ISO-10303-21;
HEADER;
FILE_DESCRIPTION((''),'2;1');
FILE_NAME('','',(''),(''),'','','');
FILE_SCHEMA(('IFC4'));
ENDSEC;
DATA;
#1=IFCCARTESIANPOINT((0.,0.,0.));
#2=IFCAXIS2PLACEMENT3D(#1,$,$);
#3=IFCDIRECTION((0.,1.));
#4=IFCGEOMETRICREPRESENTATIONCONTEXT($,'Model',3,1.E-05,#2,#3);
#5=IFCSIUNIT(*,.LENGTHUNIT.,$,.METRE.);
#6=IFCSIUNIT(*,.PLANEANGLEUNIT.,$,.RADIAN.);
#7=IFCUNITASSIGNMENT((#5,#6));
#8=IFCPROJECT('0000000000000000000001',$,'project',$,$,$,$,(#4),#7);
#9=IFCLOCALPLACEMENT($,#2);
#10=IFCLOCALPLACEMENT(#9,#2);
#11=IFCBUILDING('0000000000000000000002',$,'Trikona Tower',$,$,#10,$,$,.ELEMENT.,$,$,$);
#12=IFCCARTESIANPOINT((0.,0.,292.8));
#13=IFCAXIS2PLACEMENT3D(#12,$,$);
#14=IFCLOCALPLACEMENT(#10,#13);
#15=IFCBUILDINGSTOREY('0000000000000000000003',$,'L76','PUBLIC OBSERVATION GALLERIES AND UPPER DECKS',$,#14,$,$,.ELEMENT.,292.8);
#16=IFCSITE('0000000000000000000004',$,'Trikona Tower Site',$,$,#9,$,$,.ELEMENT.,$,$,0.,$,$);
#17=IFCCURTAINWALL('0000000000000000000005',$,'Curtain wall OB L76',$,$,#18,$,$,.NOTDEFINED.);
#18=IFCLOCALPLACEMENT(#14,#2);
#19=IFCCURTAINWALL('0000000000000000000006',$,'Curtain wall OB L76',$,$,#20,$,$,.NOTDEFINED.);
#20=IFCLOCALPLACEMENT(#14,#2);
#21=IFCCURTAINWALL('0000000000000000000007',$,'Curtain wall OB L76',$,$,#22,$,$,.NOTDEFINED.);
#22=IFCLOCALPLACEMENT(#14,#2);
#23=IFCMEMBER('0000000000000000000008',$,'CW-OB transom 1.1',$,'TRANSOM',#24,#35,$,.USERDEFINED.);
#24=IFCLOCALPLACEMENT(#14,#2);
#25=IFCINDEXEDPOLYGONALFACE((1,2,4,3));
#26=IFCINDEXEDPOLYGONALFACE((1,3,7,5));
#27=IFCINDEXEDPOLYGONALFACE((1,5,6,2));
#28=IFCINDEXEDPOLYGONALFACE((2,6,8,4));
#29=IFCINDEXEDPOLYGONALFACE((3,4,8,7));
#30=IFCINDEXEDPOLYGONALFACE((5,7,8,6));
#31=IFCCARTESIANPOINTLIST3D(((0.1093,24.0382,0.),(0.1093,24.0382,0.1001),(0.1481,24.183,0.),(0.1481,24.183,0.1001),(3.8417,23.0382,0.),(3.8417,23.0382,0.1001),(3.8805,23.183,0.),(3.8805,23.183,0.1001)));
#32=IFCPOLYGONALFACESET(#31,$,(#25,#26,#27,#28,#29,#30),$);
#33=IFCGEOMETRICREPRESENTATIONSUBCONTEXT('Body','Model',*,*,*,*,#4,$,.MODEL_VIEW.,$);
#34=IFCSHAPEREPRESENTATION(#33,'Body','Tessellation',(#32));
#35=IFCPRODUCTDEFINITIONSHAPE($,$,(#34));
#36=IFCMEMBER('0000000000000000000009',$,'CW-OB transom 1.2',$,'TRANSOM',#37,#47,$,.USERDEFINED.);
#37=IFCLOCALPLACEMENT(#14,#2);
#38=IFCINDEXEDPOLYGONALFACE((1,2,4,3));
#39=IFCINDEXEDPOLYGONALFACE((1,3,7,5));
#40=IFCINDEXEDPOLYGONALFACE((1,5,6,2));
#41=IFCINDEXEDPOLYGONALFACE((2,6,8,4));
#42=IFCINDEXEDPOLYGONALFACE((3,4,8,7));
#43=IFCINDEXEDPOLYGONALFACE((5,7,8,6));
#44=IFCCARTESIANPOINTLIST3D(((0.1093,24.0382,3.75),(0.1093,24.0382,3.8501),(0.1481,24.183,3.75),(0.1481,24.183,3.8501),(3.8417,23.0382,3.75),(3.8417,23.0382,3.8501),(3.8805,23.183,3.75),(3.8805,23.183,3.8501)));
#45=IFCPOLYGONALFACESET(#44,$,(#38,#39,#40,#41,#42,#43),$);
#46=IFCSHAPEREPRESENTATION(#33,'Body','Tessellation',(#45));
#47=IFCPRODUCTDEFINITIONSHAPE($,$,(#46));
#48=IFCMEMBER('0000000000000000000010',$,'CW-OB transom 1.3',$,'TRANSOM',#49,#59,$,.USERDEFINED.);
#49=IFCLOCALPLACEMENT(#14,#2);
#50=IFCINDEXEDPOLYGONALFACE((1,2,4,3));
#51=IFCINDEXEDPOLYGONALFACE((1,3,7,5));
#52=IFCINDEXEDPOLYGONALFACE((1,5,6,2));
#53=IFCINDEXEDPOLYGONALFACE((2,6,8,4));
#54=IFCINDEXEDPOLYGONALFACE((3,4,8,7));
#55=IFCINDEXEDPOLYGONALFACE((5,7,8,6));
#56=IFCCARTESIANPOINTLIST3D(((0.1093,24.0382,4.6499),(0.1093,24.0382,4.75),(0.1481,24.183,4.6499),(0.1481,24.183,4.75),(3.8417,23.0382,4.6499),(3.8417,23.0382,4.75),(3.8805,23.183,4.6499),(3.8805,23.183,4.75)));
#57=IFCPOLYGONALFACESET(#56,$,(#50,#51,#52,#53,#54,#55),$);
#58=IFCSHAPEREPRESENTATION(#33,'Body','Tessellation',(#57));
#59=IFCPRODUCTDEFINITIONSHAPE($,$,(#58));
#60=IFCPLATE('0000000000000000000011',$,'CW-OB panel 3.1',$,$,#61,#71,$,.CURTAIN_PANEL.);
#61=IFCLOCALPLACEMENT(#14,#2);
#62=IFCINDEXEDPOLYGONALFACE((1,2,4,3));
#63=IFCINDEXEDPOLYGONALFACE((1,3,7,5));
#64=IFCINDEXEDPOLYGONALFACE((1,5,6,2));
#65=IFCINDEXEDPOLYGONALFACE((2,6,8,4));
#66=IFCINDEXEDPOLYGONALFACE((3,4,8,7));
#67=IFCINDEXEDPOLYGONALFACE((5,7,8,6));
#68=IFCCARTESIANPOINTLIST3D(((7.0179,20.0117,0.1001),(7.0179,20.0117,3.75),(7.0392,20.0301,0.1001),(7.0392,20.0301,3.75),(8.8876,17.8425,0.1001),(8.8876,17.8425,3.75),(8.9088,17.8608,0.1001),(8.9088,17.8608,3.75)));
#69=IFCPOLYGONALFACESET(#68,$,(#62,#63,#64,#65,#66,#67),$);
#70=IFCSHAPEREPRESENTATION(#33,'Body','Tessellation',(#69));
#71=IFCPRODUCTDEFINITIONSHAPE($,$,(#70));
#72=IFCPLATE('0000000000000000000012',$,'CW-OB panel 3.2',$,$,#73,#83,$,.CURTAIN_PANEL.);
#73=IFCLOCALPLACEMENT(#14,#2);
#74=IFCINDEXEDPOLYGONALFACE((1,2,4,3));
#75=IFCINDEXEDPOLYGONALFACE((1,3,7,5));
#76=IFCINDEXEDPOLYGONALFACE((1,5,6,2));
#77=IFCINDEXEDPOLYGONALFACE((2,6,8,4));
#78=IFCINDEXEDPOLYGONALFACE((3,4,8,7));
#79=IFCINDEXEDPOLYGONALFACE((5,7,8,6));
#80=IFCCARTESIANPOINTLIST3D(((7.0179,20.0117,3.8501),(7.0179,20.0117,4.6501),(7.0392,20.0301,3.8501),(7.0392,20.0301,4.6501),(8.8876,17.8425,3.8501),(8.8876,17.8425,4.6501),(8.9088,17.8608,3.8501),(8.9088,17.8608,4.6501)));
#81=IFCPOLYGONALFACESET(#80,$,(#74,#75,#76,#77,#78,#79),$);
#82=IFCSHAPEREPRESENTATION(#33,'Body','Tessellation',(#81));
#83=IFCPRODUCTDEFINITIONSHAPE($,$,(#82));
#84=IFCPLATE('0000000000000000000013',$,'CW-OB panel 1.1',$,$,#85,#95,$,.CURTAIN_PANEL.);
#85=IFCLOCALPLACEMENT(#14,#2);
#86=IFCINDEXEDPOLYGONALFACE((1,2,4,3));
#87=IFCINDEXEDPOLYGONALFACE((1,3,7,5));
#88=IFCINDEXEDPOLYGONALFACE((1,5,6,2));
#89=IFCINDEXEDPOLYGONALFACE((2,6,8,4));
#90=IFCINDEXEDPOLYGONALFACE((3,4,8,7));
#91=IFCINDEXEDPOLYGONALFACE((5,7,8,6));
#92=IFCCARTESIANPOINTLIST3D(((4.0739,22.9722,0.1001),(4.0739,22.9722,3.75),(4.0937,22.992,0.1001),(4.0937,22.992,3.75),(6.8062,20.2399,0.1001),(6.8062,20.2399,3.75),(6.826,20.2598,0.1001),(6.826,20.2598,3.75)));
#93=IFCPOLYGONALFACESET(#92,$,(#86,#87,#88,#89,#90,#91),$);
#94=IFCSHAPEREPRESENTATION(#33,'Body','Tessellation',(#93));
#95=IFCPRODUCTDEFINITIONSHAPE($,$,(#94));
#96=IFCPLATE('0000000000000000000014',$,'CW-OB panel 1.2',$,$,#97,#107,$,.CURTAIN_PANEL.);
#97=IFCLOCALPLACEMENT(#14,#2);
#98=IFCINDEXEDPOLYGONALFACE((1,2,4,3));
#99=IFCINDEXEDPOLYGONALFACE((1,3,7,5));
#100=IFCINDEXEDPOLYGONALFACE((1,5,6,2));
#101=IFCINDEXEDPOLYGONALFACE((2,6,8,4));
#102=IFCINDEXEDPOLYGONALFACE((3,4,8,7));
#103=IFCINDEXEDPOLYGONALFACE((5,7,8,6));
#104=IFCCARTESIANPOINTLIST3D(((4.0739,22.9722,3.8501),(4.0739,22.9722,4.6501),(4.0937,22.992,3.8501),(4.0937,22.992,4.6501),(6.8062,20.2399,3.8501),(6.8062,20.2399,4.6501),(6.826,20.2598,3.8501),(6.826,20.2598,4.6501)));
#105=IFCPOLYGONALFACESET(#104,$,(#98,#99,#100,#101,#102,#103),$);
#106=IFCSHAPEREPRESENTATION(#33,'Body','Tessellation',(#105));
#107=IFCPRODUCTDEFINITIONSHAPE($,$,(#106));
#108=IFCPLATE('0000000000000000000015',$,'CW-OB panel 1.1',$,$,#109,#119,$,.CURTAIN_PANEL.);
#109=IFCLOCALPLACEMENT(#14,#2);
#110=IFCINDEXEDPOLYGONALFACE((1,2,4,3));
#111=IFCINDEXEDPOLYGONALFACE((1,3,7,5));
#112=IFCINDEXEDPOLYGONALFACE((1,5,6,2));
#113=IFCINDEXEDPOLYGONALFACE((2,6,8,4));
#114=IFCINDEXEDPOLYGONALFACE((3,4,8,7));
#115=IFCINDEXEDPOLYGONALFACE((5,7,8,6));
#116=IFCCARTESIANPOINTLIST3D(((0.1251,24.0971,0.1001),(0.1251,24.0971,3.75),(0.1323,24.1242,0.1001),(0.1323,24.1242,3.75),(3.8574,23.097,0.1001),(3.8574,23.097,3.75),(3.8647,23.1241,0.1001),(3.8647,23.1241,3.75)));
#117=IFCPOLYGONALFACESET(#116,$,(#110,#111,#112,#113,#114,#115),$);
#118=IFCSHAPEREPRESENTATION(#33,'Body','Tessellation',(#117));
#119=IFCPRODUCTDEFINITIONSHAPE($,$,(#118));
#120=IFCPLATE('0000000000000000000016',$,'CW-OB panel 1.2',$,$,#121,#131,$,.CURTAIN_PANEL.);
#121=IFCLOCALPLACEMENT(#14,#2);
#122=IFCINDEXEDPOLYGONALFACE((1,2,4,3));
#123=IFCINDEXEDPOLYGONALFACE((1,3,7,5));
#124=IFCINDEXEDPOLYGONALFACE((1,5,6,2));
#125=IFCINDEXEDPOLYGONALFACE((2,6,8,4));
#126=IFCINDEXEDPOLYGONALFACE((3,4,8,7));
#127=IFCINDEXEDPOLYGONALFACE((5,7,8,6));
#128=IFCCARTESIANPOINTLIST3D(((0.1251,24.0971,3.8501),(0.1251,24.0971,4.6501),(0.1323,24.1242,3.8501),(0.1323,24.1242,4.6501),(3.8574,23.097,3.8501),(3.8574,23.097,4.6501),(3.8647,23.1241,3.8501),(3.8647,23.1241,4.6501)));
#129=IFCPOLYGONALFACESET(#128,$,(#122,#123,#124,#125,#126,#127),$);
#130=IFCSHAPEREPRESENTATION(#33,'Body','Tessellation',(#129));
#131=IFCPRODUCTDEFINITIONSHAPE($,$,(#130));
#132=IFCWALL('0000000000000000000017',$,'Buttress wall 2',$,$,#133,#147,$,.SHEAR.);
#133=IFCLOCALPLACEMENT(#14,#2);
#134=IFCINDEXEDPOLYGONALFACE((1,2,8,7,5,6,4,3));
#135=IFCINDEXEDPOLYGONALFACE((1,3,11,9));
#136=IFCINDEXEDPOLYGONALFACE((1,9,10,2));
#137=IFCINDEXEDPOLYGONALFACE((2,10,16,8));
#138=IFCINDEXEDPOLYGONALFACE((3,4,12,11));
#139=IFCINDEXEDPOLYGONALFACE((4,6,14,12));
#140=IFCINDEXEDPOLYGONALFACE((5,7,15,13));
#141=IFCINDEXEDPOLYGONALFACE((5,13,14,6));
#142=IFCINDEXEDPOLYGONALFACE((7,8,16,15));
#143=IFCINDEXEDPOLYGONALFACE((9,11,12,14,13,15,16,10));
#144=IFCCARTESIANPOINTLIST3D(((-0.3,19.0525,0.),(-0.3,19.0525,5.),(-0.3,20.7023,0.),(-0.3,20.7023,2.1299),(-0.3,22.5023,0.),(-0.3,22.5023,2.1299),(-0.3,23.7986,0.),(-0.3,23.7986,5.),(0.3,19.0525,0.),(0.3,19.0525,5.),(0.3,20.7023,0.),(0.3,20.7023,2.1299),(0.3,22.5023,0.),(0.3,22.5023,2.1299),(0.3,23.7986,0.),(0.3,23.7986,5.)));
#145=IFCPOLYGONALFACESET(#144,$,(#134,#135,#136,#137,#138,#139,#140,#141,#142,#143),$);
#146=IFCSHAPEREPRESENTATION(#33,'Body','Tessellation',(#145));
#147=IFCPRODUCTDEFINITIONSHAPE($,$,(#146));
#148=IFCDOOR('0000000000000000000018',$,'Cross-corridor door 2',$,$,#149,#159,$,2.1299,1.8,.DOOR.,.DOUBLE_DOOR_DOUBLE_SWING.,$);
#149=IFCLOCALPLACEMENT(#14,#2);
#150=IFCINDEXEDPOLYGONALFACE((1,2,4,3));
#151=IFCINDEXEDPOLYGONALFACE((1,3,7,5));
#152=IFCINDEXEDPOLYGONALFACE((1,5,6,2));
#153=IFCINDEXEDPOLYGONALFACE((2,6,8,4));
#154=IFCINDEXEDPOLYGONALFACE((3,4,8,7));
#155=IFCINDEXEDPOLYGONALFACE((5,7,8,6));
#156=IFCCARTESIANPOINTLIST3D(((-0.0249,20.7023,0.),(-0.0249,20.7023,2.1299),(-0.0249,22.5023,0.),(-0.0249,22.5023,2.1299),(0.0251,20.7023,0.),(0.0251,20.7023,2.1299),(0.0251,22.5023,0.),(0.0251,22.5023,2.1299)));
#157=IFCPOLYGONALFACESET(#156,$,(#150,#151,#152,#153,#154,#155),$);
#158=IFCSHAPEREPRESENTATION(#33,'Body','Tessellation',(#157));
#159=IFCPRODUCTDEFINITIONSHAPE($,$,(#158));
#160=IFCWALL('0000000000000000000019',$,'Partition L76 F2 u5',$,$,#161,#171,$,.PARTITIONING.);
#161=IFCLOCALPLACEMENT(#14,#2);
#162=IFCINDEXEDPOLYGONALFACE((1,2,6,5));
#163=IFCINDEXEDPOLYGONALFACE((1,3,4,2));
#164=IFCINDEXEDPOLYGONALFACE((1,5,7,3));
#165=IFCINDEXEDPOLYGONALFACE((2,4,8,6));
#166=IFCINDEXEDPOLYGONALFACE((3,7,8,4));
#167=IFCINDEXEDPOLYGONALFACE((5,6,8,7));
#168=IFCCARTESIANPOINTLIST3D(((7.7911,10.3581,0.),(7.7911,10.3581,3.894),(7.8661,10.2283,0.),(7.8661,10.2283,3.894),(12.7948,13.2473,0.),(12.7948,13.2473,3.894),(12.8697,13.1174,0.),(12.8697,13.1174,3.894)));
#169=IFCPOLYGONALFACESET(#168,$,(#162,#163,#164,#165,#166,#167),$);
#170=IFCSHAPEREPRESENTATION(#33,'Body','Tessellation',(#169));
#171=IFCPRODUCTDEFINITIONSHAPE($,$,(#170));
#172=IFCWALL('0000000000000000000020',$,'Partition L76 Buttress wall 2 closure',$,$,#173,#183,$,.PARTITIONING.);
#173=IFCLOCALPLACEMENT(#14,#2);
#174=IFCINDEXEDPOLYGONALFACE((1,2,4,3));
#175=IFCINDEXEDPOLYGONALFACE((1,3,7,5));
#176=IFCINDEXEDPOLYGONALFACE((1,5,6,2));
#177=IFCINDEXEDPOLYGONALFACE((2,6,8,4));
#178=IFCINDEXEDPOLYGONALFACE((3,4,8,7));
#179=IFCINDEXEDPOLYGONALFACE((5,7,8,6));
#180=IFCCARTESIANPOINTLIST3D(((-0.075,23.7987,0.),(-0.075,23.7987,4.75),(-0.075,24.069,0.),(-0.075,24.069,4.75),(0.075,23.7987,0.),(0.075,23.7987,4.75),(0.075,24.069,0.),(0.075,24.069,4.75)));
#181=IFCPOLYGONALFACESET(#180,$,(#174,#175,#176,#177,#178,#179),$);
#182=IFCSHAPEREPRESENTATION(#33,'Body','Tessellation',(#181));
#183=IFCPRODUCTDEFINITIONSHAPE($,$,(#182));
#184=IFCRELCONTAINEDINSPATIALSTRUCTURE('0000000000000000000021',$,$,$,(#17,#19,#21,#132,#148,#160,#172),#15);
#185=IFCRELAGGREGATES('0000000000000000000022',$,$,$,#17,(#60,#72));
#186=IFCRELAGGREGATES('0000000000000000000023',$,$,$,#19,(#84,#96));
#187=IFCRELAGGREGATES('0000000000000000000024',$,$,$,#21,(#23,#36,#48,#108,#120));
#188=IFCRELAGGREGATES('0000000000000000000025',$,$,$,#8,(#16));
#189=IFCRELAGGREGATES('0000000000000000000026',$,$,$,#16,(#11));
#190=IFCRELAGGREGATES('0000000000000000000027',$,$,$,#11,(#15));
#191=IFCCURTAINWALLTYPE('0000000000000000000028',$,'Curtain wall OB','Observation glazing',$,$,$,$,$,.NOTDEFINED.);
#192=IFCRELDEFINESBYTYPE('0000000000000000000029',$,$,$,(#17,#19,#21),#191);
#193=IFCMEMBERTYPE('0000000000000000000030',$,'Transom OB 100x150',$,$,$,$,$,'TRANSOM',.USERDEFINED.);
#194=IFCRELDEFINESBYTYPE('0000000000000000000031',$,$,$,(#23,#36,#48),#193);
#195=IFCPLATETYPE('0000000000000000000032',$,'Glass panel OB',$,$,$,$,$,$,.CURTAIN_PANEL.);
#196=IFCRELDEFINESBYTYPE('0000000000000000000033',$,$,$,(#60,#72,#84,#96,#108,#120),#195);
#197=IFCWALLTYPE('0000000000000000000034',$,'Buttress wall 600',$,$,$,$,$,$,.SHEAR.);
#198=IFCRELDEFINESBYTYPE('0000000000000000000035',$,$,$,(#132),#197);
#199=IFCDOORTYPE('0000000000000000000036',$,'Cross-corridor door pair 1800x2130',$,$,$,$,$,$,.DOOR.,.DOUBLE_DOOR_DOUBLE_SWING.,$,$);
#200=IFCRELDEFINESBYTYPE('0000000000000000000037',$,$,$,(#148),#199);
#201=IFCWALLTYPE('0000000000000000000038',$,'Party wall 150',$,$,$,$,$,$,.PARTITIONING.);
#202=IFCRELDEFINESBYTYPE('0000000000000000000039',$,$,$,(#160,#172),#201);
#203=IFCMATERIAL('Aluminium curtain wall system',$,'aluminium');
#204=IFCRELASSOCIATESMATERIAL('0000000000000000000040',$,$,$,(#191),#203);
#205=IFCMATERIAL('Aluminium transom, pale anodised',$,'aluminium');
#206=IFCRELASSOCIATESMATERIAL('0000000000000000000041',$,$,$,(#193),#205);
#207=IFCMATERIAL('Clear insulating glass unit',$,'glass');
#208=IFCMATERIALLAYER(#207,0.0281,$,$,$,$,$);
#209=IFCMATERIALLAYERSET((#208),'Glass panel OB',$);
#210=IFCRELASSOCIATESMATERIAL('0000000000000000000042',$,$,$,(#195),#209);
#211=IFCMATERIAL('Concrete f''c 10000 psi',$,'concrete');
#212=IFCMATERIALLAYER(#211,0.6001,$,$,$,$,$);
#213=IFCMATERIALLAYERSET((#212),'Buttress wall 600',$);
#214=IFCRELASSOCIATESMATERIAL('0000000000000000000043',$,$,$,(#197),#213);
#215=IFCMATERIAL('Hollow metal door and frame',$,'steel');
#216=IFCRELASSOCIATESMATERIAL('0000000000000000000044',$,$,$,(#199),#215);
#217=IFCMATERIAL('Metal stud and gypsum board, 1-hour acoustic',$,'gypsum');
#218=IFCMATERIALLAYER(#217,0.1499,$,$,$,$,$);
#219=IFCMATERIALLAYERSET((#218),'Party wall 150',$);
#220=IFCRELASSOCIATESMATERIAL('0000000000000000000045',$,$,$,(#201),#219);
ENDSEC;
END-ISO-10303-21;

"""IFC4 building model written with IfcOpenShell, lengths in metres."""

from ifc_helpers import new_model, si_unit, direction, frame, frame_2d, origin, origin_2d, place, context, subcontext, project, spatial, rectangle, extrude, material, layer, layer_set, material_profile, profile_set, type_object, element, fill, aggregate, save


model = new_model("IFC4")

# Units and contexts
model_context = context("Model", 3, precision=1e-05, world=origin(), true_north=direction((0.0, 1.0)))
body_context = subcontext(model_context, "Body", "Model", "MODEL_VIEW")
ifc_project = project(units=[si_unit("LENGTHUNIT", "METRE"), si_unit("PLANEANGLEUNIT", "RADIAN")], contexts=[model_context])

# Site, building, storey
site_placement = place(None, origin())
site = spatial("IfcSite", under=ifc_project, at=site_placement, Name="Trikona Tower Site", CompositionType="ELEMENT", RefElevation=0.0)
building_placement = place(site_placement, origin())
building = spatial("IfcBuilding", under=site, at=building_placement, Name="Trikona Tower", CompositionType="ELEMENT")
storey_placement = place(building_placement, frame((0.0, 0.0, 292.8)))
storey = spatial("IfcBuildingStorey", under=building, at=storey_placement, Name="L76", Description="PUBLIC OBSERVATION GALLERIES AND UPPER DECKS", CompositionType="ELEMENT", Elevation=292.8)

# Curtain wall
ifc_material_1 = material(Name="Aluminium curtain wall system", Category="aluminium")
curtain_wall_type = type_object("IfcCurtainWallType", Name="Curtain wall OB", Description="Observation glazing", PredefinedType="NOTDEFINED", material=ifc_material_1)
curtain_wall_1_placement = place(storey_placement, origin())
curtain_wall_1 = element("IfcCurtainWall", 1, at=curtain_wall_1_placement, inside=storey, type_object=curtain_wall_type, Name="Curtain wall OB L76", PredefinedType="NOTDEFINED")

# Curtain walls
curtain_wall_2_placement = place(storey_placement, origin())
curtain_wall_2 = element("IfcCurtainWall", 2, at=curtain_wall_2_placement, inside=storey, type_object=curtain_wall_type, Name="Curtain wall OB L76", PredefinedType="NOTDEFINED")
curtain_wall_3_placement = place(storey_placement, origin())
curtain_wall_3 = element("IfcCurtainWall", 3, at=curtain_wall_3_placement, inside=storey, type_object=curtain_wall_type, Name="Curtain wall OB L76", PredefinedType="NOTDEFINED")

# Members
ifc_material_2 = material(Name="Aluminium transom, pale anodised", Category="aluminium")
ifc_material_profile_1 = material_profile(ifc_material_2, rectangle(XDim=0.1499, YDim=0.1001, at=origin_2d()), Name="TRN-OB")
ifc_profile_set_1 = profile_set([ifc_material_profile_1], Name="Aluminium transom, pale anodised")
member_type_1 = type_object("IfcMemberType", Name="Transom OB 100x150", ElementType="TRANSOM", PredefinedType="USERDEFINED", material=ifc_profile_set_1)
member_1_placement = place(storey_placement, frame((3.8611, 23.1106, 0.05), z_axis=(-0.965932, 0.258795, 0.0), x_axis=(-0.258795, -0.965932, 0.0)))
member_1 = element("IfcMember", 4, at=member_1_placement, type_object=member_type_1, Name="CW-OB transom 1.1", ObjectType="TRANSOM", PredefinedType="USERDEFINED", context=body_context, shape_type="SweptSolid", body=[
    extrude(rectangle(XDim=0.1499, YDim=0.1001, at=origin_2d()), origin(), (0.0, 0.0, 1.0), 3.864),
])
member_2_placement = place(storey_placement, frame((3.8611, 23.1106, 3.8), z_axis=(-0.965932, 0.258795, 0.0), x_axis=(-0.258795, -0.965932, 0.0)))
member_2 = element("IfcMember", 5, at=member_2_placement, type_object=member_type_1, Name="CW-OB transom 1.2", ObjectType="TRANSOM", PredefinedType="USERDEFINED", context=body_context, shape_type="SweptSolid", body=[
    extrude(rectangle(XDim=0.1499, YDim=0.1001, at=origin_2d()), origin(), (0.0, 0.0, 1.0), 3.864),
])
member_3_placement = place(storey_placement, frame((3.8611, 23.1106, 4.7), z_axis=(-0.965932, 0.258795, 0.0), x_axis=(-0.258795, -0.965932, 0.0)))
member_3 = element("IfcMember", 6, at=member_3_placement, type_object=member_type_1, Name="CW-OB transom 1.3", ObjectType="TRANSOM", PredefinedType="USERDEFINED", context=body_context, shape_type="SweptSolid", body=[
    extrude(rectangle(XDim=0.1499, YDim=0.1001, at=origin_2d()), origin(), (0.0, 0.0, 1.0), 3.864),
])

# Plates
ifc_material_3 = material(Name="Clear insulating glass unit", Category="glass")
ifc_layer_1 = layer(ifc_material_3, 0.0281)
ifc_layer_set_1 = layer_set([ifc_layer_1], Name="Glass panel OB")
plate_type = type_object("IfcPlateType", Name="Glass panel OB", PredefinedType="CURTAIN_PANEL", material=ifc_layer_set_1)
plate_1_placement = place(storey_placement, frame((7.9634, 18.9363, 0.1001), z_axis=(0.0, 0.0, 1.0), x_axis=(-0.652864, 0.757475, 0.0)))
plate_1 = element("IfcPlate", 7, at=plate_1_placement, type_object=plate_type, Name="CW-OB panel 3.1", PredefinedType="CURTAIN_PANEL", context=body_context, shape_type="SweptSolid", body=[
    extrude(rectangle(XDim=2.8638, YDim=0.0281, at=origin_2d()), origin(), (0.0, 0.0, 1.0), 3.6499),
])
plate_2_placement = place(storey_placement, frame((7.9634, 18.9363, 3.8501), z_axis=(0.0, 0.0, 1.0), x_axis=(-0.652864, 0.757475, 0.0)))
plate_2 = element("IfcPlate", 8, at=plate_2_placement, type_object=plate_type, Name="CW-OB panel 3.2", PredefinedType="CURTAIN_PANEL", context=body_context, shape_type="SweptSolid", body=[
    extrude(rectangle(XDim=2.8638, YDim=0.0281, at=origin_2d()), origin(), (0.0, 0.0, 1.0), 0.8),
])
aggregate(curtain_wall_1, [plate_1, plate_2])
plate_3_placement = place(storey_placement, frame((5.45, 21.616, 0.1001), z_axis=(0.0, 0.0, 1.0), x_axis=(-0.707107, 0.707107, 0.0)))
plate_3 = element("IfcPlate", 9, at=plate_3_placement, type_object=plate_type, Name="CW-OB panel 1.1", PredefinedType="CURTAIN_PANEL", context=body_context, shape_type="SweptSolid", body=[
    extrude(rectangle(XDim=3.864, YDim=0.0281, at=origin_2d()), origin(), (0.0, 0.0, 1.0), 3.6499),
])
plate_4_placement = place(storey_placement, frame((5.45, 21.616, 3.8501), z_axis=(0.0, 0.0, 1.0), x_axis=(-0.707107, 0.707107, 0.0)))
plate_4 = element("IfcPlate", 10, at=plate_4_placement, type_object=plate_type, Name="CW-OB panel 1.2", PredefinedType="CURTAIN_PANEL", context=body_context, shape_type="SweptSolid", body=[
    extrude(rectangle(XDim=3.864, YDim=0.0281, at=origin_2d()), origin(), (0.0, 0.0, 1.0), 0.8),
])
aggregate(curtain_wall_2, [plate_3, plate_4])
plate_5_placement = place(storey_placement, frame((1.9949, 23.6106, 0.1001), z_axis=(0.0, 0.0, 1.0), x_axis=(-0.965923, 0.258828, 0.0)))
plate_5 = element("IfcPlate", 11, at=plate_5_placement, type_object=plate_type, Name="CW-OB panel 1.1", PredefinedType="CURTAIN_PANEL", context=body_context, shape_type="SweptSolid", body=[
    extrude(rectangle(XDim=3.864, YDim=0.0281, at=origin_2d()), origin(), (0.0, 0.0, 1.0), 3.6499),
])
plate_6_placement = place(storey_placement, frame((1.9949, 23.6106, 3.8501), z_axis=(0.0, 0.0, 1.0), x_axis=(-0.965923, 0.258828, 0.0)))
plate_6 = element("IfcPlate", 12, at=plate_6_placement, type_object=plate_type, Name="CW-OB panel 1.2", PredefinedType="CURTAIN_PANEL", context=body_context, shape_type="SweptSolid", body=[
    extrude(rectangle(XDim=3.864, YDim=0.0281, at=origin_2d()), origin(), (0.0, 0.0, 1.0), 0.8),
])
aggregate(curtain_wall_3, [member_1, member_2, member_3, plate_5, plate_6])

# Wall, opening, door
ifc_material_4 = material(Name="Concrete f'c 10000 psi", Category="concrete")
ifc_layer_2 = layer(ifc_material_4, 0.6001)
ifc_layer_set_2 = layer_set([ifc_layer_2], Name="Buttress wall 600")
wall_type_1 = type_object("IfcWallType", Name="Buttress wall 600", PredefinedType="SHEAR", material=ifc_layer_set_2)
wall_1_placement = place(storey_placement, frame((0.0, 19.0525, 0.0), z_axis=(0.0, 0.0, 1.0), x_axis=(0.0, 1.0, 0.0)))
wall_1 = element("IfcWall", 13, at=wall_1_placement, inside=storey, type_object=wall_type_1, Name="Buttress wall 2", PredefinedType="SHEAR", context=body_context, shape_type="SweptSolid", body=[
    extrude(rectangle(XDim=4.7461, YDim=0.6001, at=frame_2d((2.373, 0.0))), origin(), (0.0, 0.0, 1.0), 5.0),
])
opening_placement = place(wall_1_placement, frame((1.6499, 0.0, 0.0)))
opening = element("IfcOpeningElement", 14, at=opening_placement, cuts=wall_1, PredefinedType="OPENING", context=body_context, shape_type="SweptSolid", body=[
    extrude(rectangle(XDim=1.8, YDim=2.1299, at=frame_2d((0.8999, 1.0649))), frame((0.0, 0.3101, 0.0), z_axis=(0.0, -1.0, 0.0), x_axis=(1.0, 0.0, 0.0)), (0.0, 0.0, 1.0), 0.6201),
])
ifc_material_5 = material(Name="Hollow metal door and frame", Category="steel")
door_type = type_object("IfcDoorType", Name="Cross-corridor door pair 1800x2130", OperationType="DOUBLE_DOOR_DOUBLE_SWING", PredefinedType="DOOR", material=ifc_material_5)
door_placement = place(opening_placement, origin())
door = element("IfcDoor", 15, at=door_placement, inside=storey, type_object=door_type, Name="Cross-corridor door 2", OperationType="DOUBLE_DOOR_DOUBLE_SWING", OverallHeight=2.1299, OverallWidth=1.8, PredefinedType="DOOR", context=body_context, shape_type="SweptSolid", body=[
    extrude(rectangle(XDim=1.8, YDim=2.1299, at=frame_2d((0.8999, 1.0649))), frame((0.0, 0.0249, 0.0), z_axis=(0.0, -1.0, 0.0), x_axis=(1.0, 0.0, 0.0)), (0.0, 0.0, 1.0), 0.05),
])
fill(opening, door)

# Walls
ifc_material_6 = material(Name="Metal stud and gypsum board, 1-hour acoustic", Category="gypsum")
ifc_layer_3 = layer(ifc_material_6, 0.1499)
ifc_layer_set_3 = layer_set([ifc_layer_3], Name="Party wall 150")
wall_type_2 = type_object("IfcWallType", Name="Party wall 150", PredefinedType="PARTITIONING", material=ifc_layer_set_3)
wall_2_placement = place(storey_placement, frame((7.8286, 10.2932, 0.0), z_axis=(0.0, 0.0, 1.0), x_axis=(0.866003, 0.500038, 0.0)))
element("IfcWall", 16, at=wall_2_placement, inside=storey, type_object=wall_type_2, Name="Partition L76 F2 u5", PredefinedType="PARTITIONING", context=body_context, shape_type="SweptSolid", body=[
    extrude(rectangle(XDim=5.7778, YDim=0.1499, at=frame_2d((2.8889, 0.0))), origin(), (0.0, 0.0, 1.0), 3.894),
])
wall_3_placement = place(storey_placement, frame((0.0, 23.7986, 0.0), z_axis=(0.0, 0.0, 1.0), x_axis=(0.0, 1.0, 0.0)))
element("IfcWall", 17, at=wall_3_placement, inside=storey, type_object=wall_type_2, Name="Partition L76 Buttress wall 2 closure", PredefinedType="PARTITIONING", context=body_context, shape_type="SweptSolid", body=[
    extrude(rectangle(XDim=0.2703, YDim=0.1499, at=frame_2d((0.1353, 0.0))), origin(), (0.0, 0.0, 1.0), 4.75),
])

save(model, "model.ifc")
